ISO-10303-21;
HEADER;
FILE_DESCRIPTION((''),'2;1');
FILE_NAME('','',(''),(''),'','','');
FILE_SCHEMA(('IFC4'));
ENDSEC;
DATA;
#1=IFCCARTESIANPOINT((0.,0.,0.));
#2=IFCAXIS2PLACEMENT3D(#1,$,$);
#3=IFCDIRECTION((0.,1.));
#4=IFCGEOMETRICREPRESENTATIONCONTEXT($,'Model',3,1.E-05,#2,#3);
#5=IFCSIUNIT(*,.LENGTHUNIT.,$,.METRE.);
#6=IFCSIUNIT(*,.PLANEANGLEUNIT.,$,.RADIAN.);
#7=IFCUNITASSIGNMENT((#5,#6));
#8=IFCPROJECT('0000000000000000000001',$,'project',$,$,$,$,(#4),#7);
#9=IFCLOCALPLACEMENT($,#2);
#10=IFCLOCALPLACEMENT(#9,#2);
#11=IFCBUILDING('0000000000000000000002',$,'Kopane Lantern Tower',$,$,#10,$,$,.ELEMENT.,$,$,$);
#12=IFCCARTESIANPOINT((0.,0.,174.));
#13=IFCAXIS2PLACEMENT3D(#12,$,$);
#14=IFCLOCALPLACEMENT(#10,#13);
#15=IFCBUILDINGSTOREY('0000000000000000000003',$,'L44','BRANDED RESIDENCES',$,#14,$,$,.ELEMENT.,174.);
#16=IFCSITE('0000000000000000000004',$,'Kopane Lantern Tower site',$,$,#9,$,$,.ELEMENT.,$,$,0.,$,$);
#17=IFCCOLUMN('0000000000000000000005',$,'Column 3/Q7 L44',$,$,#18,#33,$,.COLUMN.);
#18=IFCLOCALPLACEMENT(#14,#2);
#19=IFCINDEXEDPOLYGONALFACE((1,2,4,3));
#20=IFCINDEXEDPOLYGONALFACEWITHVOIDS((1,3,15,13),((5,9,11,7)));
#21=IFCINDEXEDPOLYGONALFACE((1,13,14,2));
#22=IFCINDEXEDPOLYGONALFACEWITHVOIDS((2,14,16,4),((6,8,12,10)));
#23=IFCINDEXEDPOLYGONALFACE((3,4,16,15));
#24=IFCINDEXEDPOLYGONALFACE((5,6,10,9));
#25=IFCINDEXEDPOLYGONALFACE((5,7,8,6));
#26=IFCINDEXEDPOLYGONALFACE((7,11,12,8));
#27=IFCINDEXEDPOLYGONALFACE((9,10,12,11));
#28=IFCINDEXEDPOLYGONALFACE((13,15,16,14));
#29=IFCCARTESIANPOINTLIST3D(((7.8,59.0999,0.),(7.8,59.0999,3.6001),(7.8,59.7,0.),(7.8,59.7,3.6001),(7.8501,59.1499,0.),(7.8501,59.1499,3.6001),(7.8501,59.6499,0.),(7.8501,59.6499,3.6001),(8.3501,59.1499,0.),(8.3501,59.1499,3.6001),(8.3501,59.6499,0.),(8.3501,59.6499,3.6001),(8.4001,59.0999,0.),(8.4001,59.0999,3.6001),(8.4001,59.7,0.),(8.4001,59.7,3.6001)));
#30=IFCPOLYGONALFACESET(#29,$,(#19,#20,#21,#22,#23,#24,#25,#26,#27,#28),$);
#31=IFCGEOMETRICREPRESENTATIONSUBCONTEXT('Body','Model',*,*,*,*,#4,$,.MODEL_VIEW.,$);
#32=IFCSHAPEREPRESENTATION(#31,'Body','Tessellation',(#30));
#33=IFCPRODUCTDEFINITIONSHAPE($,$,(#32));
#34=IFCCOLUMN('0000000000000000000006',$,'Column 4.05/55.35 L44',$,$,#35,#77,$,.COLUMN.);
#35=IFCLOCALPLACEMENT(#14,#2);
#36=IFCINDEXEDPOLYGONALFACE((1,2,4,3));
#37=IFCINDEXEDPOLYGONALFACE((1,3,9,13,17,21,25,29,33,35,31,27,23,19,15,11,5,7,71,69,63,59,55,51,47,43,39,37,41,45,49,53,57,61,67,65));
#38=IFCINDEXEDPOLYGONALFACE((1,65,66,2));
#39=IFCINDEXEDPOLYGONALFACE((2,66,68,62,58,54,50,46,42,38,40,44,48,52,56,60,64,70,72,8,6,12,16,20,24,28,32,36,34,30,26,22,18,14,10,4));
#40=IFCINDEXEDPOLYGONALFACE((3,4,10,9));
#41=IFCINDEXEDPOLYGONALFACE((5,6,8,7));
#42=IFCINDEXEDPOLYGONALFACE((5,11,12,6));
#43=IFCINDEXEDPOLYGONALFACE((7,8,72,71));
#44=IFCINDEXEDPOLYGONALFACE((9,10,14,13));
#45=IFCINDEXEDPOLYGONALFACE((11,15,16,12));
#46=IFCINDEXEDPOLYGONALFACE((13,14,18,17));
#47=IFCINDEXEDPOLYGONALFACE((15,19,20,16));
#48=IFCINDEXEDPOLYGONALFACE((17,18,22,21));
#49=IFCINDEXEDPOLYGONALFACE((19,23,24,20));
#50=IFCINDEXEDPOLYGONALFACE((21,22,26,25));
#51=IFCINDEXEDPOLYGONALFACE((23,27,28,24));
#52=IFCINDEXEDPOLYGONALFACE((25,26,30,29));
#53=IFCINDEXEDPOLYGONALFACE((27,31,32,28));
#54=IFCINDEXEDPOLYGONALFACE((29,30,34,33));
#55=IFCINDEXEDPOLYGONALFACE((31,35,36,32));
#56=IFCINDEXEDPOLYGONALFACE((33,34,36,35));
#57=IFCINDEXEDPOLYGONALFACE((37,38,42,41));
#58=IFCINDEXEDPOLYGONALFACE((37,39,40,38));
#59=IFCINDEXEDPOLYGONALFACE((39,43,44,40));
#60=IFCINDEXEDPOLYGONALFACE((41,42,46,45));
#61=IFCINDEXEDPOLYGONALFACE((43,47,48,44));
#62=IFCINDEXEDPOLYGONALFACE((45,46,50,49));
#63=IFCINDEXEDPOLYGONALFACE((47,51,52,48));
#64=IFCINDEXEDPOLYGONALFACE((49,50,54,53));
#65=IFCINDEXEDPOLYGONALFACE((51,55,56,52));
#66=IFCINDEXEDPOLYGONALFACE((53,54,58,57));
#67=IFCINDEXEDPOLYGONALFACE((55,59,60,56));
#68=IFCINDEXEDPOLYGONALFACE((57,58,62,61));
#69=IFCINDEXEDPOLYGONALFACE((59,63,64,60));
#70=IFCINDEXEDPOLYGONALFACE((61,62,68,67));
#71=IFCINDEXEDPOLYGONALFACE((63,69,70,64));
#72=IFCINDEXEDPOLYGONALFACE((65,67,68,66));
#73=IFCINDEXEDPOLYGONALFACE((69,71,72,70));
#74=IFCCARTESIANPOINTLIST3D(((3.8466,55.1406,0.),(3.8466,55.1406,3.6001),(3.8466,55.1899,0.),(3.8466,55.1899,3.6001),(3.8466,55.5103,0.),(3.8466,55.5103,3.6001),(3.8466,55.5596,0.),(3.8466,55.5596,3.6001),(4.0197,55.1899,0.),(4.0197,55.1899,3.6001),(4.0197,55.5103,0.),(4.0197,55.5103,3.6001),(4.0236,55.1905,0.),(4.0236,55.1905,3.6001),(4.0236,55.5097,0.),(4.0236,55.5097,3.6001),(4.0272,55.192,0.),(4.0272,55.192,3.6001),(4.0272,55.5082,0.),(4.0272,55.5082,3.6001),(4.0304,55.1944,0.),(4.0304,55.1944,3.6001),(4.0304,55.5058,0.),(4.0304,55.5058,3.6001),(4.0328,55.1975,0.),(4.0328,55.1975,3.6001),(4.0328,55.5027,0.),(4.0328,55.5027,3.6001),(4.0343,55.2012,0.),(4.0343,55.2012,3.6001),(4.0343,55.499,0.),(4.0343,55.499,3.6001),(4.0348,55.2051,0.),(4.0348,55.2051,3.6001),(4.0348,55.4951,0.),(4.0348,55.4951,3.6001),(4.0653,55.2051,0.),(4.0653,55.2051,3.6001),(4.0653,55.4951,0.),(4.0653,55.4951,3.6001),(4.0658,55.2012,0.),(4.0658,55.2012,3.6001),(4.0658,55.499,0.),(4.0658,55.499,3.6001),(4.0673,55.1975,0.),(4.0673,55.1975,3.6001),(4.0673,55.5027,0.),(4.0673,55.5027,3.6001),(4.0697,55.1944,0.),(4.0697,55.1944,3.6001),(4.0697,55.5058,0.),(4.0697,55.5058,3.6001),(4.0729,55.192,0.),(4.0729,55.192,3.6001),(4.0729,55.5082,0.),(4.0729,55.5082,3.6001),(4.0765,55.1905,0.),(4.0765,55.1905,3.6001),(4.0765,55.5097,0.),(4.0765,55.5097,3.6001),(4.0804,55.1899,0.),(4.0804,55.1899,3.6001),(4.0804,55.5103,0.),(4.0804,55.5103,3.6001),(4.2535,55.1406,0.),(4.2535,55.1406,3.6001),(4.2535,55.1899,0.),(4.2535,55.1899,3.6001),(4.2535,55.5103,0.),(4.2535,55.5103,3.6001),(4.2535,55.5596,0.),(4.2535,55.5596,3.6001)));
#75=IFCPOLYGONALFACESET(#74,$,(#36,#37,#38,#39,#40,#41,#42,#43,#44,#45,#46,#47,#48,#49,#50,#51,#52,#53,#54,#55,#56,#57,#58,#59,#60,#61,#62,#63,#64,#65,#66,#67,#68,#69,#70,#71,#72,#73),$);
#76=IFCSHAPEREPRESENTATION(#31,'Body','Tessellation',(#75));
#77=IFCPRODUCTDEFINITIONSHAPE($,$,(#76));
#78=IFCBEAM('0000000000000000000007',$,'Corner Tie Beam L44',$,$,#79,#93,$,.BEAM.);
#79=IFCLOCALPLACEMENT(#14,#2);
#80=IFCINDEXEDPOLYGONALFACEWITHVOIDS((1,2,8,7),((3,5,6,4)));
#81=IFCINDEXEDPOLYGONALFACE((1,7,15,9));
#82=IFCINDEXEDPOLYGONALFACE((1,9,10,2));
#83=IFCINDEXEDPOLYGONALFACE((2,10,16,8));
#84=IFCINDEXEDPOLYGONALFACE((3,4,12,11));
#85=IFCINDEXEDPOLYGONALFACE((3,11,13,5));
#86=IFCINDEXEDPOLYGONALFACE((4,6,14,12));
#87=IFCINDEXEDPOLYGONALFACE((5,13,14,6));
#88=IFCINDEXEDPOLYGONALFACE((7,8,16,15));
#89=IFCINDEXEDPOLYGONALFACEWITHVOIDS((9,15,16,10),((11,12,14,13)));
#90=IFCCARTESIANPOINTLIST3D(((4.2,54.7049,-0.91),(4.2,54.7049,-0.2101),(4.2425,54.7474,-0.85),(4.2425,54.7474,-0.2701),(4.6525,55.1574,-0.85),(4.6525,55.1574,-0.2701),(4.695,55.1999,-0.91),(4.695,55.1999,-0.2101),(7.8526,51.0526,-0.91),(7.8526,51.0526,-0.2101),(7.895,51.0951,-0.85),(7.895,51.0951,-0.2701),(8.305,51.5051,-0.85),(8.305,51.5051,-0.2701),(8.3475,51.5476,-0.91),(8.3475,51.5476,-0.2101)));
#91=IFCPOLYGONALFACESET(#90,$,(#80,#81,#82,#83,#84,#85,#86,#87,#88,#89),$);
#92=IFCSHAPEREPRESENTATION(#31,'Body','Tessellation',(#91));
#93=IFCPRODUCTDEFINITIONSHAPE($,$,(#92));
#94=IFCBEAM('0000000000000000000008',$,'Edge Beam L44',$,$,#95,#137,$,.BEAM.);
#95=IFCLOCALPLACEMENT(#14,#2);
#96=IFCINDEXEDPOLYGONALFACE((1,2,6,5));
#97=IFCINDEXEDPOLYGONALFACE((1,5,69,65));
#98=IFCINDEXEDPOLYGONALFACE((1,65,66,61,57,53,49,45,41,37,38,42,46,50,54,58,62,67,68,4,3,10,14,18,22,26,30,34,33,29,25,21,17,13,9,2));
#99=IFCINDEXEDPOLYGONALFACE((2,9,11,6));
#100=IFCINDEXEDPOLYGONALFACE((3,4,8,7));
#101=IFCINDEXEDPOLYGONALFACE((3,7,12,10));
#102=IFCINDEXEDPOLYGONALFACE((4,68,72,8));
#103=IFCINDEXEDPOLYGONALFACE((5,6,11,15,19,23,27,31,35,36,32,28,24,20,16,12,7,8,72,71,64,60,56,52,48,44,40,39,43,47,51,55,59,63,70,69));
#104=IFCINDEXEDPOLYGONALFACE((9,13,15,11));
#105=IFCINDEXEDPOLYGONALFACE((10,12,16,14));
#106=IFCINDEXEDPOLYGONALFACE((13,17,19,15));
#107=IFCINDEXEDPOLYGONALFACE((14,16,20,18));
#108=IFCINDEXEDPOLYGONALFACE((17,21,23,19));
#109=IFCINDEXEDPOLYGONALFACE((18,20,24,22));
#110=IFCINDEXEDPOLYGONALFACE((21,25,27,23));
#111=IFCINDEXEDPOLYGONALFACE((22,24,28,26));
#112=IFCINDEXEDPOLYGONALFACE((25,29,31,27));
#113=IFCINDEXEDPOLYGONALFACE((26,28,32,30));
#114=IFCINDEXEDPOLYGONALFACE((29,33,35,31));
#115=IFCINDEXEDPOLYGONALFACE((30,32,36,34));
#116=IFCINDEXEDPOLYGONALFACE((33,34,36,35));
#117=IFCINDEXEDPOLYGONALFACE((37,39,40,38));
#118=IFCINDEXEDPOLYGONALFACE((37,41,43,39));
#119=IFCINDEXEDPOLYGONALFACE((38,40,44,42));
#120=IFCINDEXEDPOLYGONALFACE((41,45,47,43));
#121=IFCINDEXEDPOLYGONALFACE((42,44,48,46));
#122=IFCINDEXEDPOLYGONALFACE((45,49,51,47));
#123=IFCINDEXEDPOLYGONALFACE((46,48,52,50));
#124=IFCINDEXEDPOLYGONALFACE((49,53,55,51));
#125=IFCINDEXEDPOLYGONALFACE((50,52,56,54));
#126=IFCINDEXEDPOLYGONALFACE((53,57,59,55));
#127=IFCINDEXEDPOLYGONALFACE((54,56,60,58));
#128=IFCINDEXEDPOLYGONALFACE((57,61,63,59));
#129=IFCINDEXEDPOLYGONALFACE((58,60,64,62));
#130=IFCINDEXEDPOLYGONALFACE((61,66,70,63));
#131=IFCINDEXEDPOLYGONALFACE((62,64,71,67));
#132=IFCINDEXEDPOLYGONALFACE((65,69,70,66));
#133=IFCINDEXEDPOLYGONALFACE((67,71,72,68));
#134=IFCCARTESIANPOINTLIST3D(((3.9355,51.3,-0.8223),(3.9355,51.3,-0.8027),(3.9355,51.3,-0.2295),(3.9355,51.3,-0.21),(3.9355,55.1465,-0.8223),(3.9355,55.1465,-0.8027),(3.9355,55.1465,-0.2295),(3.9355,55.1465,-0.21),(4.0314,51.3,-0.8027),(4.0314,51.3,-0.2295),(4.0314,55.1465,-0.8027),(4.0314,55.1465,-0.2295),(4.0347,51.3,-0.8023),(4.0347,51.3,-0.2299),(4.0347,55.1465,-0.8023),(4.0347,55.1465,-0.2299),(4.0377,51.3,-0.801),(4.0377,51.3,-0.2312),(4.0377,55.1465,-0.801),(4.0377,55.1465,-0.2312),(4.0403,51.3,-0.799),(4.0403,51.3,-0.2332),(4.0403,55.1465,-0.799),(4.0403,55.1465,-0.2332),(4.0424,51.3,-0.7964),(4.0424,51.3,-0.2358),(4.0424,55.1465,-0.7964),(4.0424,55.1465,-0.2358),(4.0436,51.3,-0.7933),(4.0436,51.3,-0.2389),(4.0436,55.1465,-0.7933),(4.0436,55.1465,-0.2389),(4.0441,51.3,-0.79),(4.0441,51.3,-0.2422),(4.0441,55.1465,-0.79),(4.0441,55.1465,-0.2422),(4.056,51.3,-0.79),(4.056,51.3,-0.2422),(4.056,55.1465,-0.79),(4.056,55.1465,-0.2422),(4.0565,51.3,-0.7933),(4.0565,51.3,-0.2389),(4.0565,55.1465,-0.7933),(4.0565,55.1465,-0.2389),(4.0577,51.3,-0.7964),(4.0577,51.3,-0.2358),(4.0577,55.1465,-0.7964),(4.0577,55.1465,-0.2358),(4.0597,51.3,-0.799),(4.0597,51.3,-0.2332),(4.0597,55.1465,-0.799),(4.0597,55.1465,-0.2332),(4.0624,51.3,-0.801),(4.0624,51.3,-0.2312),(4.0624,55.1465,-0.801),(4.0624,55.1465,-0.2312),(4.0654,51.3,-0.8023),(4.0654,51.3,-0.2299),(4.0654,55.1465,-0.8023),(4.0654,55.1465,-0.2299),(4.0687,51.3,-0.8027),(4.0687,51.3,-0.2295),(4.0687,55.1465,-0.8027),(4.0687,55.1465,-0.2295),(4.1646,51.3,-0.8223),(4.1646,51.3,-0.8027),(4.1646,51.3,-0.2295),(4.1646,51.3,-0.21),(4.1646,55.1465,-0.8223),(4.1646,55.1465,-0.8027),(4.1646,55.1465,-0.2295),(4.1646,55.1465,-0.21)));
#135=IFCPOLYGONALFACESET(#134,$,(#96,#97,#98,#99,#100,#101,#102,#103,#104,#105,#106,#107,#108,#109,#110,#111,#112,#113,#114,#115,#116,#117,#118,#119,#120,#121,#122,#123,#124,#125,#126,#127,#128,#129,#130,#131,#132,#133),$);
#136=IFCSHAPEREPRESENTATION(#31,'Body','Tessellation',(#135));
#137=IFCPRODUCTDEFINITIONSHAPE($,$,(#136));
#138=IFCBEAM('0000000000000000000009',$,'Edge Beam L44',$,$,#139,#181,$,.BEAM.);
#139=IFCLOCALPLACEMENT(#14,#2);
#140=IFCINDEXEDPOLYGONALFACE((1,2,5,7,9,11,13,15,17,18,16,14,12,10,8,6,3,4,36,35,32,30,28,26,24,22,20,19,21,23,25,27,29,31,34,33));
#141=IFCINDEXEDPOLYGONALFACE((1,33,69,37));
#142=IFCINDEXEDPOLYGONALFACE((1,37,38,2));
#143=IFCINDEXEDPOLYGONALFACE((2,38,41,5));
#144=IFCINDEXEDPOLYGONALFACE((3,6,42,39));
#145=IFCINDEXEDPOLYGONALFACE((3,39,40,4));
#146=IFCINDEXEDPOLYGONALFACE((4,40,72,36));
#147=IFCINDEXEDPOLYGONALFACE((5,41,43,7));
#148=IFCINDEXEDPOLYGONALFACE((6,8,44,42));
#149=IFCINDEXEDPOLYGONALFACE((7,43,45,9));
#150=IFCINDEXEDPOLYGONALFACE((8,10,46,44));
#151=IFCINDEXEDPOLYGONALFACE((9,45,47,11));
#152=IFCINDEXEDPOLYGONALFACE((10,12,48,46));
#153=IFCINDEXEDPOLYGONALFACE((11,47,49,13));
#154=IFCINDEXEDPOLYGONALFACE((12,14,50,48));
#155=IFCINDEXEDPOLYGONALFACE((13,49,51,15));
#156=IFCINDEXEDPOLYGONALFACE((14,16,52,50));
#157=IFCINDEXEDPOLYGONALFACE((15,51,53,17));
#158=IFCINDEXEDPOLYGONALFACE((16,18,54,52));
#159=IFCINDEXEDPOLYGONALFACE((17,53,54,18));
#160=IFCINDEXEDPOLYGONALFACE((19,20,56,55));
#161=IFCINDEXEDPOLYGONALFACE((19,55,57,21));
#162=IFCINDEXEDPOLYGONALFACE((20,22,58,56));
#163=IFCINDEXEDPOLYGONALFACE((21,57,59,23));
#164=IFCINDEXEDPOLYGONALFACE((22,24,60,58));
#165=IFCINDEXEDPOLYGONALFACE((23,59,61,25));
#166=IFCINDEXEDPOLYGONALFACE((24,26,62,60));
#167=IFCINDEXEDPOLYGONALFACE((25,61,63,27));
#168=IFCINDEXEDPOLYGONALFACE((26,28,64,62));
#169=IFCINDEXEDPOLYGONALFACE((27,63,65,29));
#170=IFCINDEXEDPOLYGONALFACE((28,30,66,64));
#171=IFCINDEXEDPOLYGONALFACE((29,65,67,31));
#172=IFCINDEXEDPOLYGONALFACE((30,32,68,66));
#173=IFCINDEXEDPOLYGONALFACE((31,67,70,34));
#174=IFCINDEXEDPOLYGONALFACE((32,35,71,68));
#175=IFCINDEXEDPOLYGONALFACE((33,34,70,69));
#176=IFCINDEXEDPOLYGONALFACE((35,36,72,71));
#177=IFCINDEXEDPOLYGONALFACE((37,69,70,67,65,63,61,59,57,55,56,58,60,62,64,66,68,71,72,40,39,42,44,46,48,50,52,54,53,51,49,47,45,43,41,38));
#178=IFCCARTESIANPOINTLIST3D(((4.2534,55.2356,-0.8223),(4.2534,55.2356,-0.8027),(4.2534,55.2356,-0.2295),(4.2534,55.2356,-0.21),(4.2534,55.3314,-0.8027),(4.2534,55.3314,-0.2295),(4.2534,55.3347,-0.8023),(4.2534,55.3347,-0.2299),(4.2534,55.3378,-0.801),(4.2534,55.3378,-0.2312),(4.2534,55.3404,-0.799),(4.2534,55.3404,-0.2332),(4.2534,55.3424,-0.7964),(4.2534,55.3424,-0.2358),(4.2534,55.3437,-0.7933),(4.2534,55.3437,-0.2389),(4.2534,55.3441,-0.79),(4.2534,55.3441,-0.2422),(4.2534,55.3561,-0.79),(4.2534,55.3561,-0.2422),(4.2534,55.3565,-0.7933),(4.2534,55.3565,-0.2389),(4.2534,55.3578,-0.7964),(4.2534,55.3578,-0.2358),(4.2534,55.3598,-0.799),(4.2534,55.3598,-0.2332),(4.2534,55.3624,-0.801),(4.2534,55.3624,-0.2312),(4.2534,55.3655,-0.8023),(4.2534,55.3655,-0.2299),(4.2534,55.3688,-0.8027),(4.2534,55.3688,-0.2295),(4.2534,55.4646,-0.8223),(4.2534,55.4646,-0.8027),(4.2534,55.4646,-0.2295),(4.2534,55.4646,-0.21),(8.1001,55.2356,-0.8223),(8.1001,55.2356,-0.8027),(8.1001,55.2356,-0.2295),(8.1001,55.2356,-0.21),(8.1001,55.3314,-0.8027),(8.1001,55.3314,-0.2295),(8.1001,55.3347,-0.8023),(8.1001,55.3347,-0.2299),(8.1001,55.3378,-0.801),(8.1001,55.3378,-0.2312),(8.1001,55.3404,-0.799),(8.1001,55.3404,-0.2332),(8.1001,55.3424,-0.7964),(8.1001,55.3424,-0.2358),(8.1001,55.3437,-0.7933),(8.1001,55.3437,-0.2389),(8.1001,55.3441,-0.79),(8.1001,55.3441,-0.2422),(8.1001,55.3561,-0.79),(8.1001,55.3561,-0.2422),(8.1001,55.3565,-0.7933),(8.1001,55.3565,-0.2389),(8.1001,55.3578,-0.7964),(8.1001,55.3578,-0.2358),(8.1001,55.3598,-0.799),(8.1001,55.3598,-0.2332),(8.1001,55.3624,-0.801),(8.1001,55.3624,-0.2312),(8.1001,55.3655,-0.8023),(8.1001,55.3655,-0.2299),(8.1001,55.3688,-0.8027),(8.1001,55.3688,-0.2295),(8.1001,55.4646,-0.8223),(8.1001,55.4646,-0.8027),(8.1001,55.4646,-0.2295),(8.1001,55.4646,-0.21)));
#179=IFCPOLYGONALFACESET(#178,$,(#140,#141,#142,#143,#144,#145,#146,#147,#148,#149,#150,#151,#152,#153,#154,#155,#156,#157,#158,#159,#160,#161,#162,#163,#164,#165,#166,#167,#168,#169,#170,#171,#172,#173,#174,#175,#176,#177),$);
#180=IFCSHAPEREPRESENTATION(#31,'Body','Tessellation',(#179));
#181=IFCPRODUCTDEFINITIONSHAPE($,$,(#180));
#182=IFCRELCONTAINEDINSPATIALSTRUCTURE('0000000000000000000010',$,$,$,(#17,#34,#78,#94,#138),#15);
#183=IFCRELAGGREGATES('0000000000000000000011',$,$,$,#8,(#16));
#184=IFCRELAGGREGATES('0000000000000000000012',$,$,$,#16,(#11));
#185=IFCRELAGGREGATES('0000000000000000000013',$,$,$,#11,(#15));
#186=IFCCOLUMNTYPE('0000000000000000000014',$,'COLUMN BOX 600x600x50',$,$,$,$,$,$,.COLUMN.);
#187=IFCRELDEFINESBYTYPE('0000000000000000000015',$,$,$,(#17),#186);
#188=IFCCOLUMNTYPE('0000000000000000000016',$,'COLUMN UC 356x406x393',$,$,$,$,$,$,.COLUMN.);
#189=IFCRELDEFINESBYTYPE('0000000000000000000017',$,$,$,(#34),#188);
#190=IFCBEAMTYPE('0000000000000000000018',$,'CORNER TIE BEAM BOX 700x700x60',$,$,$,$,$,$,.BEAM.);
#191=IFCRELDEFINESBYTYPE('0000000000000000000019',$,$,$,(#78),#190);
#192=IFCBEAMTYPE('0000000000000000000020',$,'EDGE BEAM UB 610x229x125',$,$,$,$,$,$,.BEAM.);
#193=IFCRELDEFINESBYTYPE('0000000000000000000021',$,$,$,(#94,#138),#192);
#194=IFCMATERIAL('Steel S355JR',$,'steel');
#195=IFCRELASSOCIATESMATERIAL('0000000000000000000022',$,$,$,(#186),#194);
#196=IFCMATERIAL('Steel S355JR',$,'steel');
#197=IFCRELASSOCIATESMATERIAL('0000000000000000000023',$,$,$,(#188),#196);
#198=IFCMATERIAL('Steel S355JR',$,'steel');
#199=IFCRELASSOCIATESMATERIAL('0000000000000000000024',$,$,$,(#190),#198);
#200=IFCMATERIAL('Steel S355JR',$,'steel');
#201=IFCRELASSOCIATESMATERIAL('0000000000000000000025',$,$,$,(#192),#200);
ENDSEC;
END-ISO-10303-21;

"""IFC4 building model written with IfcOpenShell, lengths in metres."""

from ifc_helpers import new_model, si_unit, direction, frame, origin, origin_2d, place, context, subcontext, project, spatial, hollow_rectangle, i_section, extrude, material, material_profile, profile_set, type_object, element, save


model = new_model("IFC4")

# Units and contexts
model_context = context("Model", 3, precision=1e-05, world=origin(), true_north=direction((0.0, 1.0)))
body_context = subcontext(model_context, "Body", "Model", "MODEL_VIEW")
ifc_project = project(units=[si_unit("LENGTHUNIT", "METRE"), si_unit("PLANEANGLEUNIT", "RADIAN")], contexts=[model_context])

# Site, building, storey
site_placement = place(None, origin())
site = spatial("IfcSite", under=ifc_project, at=site_placement, Name="Kopane Lantern Tower site", CompositionType="ELEMENT", RefElevation=0.0)
building_placement = place(site_placement, origin())
building = spatial("IfcBuilding", under=site, at=building_placement, Name="Kopane Lantern Tower", CompositionType="ELEMENT")
storey_placement = place(building_placement, frame((0.0, 0.0, 174.0)))
storey = spatial("IfcBuildingStorey", under=building, at=storey_placement, Name="L44", Description="BRANDED RESIDENCES", CompositionType="ELEMENT", Elevation=174.0)

# Columns
ifc_material_1 = material(Name="Steel S355JR", Category="steel")
ifc_material_profile_1 = material_profile(ifc_material_1, hollow_rectangle(XDim=0.6001, YDim=0.6001, WallThickness=0.05, at=origin_2d()), Name="BOX 600x600x50")
ifc_profile_set_1 = profile_set([ifc_material_profile_1], Name="Steel S355JR")
column_type_1 = type_object("IfcColumnType", Name="COLUMN BOX 600x600x50", PredefinedType="COLUMN", material=ifc_profile_set_1)
column_1_placement = place(storey_placement, frame((8.1001, 59.3999, 0.0), z_axis=(0.0, 0.0, 1.0), x_axis=(1.0, 0.0, 0.0)))
element("IfcColumn", 1, at=column_1_placement, inside=storey, type_object=column_type_1, Name="Column 3/Q7 L44", PredefinedType="COLUMN", context=body_context, shape_type="SweptSolid", body=[
    extrude(hollow_rectangle(XDim=0.6001, YDim=0.6001, WallThickness=0.05, at=origin_2d()), origin(), (0.0, 0.0, 1.0), 3.6001),
])
ifc_material_2 = material(Name="Steel S355JR", Category="steel")
ifc_material_profile_2 = material_profile(ifc_material_2, i_section(OverallWidth=0.407, OverallDepth=0.4189, WebThickness=0.0305, FlangeThickness=0.0493, FilletRadius=0.0151, at=origin_2d()), Name="UC 356x406x393")
ifc_profile_set_2 = profile_set([ifc_material_profile_2], Name="Steel S355JR")
column_type_2 = type_object("IfcColumnType", Name="COLUMN UC 356x406x393", PredefinedType="COLUMN", material=ifc_profile_set_2)
column_2_placement = place(storey_placement, frame((4.05, 55.3501, 0.0), z_axis=(0.0, 0.0, 1.0), x_axis=(1.0, 0.0, 0.0)))
element("IfcColumn", 2, at=column_2_placement, inside=storey, type_object=column_type_2, Name="Column 4.05/55.35 L44", PredefinedType="COLUMN", context=body_context, shape_type="SweptSolid", body=[
    extrude(i_section(OverallWidth=0.407, OverallDepth=0.4189, WebThickness=0.0305, FlangeThickness=0.0493, FilletRadius=0.0151, at=origin_2d()), origin(), (0.0, 0.0, 1.0), 3.6001),
])

# Beams
ifc_material_3 = material(Name="Steel S355JR", Category="steel")
ifc_material_profile_3 = material_profile(ifc_material_3, hollow_rectangle(XDim=0.7, YDim=0.7, WallThickness=0.0601, at=origin_2d()), Name="BOX 700x700x60")
ifc_profile_set_3 = profile_set([ifc_material_profile_3], Name="Steel S355JR")
beam_type_1 = type_object("IfcBeamType", Name="CORNER TIE BEAM BOX 700x700x60", PredefinedType="BEAM", material=ifc_profile_set_3)
beam_1_placement = place(storey_placement, frame((4.4475, 54.9524, -0.5601), z_axis=(0.70713, -0.707083, 0.0), x_axis=(0.707083, 0.70713, 0.0)))
element("IfcBeam", 3, at=beam_1_placement, inside=storey, type_object=beam_type_1, Name="Corner Tie Beam L44", PredefinedType="BEAM", context=body_context, shape_type="SweptSolid", body=[
    extrude(hollow_rectangle(XDim=0.7, YDim=0.7, WallThickness=0.0601, at=origin_2d()), origin(), (0.0, 0.0, 1.0), 5.1653),
])
ifc_material_4 = material(Name="Steel S355JR", Category="steel")
ifc_material_profile_4 = material_profile(ifc_material_4, i_section(OverallWidth=0.229, OverallDepth=0.6123, WebThickness=0.012, FlangeThickness=0.0195, FilletRadius=0.0127, at=origin_2d()), Name="UB 610x229x125")
ifc_profile_set_4 = profile_set([ifc_material_profile_4], Name="Steel S355JR")
beam_type_2 = type_object("IfcBeamType", Name="EDGE BEAM UB 610x229x125", PredefinedType="BEAM", material=ifc_profile_set_4)
beam_2_placement = place(storey_placement, frame((4.05, 55.1465, -0.5161), z_axis=(0.0, -1.0, 0.0), x_axis=(1.0, 0.0, 0.0)))
element("IfcBeam", 4, at=beam_2_placement, inside=storey, type_object=beam_type_2, Name="Edge Beam L44", PredefinedType="BEAM", context=body_context, shape_type="SweptSolid", body=[
    extrude(i_section(OverallWidth=0.229, OverallDepth=0.6123, WebThickness=0.012, FlangeThickness=0.0195, FilletRadius=0.0127, at=origin_2d()), origin(), (0.0, 0.0, 1.0), 3.8464),
])
beam_3_placement = place(storey_placement, frame((4.2534, 55.3501, -0.5161), z_axis=(1.0, 0.0, 0.0), x_axis=(0.0, 1.0, 0.0)))
element("IfcBeam", 5, at=beam_3_placement, inside=storey, type_object=beam_type_2, Name="Edge Beam L44", PredefinedType="BEAM", context=body_context, shape_type="SweptSolid", body=[
    extrude(i_section(OverallWidth=0.229, OverallDepth=0.6123, WebThickness=0.012, FlangeThickness=0.0195, FilletRadius=0.0127, at=origin_2d()), origin(), (0.0, 0.0, 1.0), 3.8467),
])

save(model, "model.ifc")
